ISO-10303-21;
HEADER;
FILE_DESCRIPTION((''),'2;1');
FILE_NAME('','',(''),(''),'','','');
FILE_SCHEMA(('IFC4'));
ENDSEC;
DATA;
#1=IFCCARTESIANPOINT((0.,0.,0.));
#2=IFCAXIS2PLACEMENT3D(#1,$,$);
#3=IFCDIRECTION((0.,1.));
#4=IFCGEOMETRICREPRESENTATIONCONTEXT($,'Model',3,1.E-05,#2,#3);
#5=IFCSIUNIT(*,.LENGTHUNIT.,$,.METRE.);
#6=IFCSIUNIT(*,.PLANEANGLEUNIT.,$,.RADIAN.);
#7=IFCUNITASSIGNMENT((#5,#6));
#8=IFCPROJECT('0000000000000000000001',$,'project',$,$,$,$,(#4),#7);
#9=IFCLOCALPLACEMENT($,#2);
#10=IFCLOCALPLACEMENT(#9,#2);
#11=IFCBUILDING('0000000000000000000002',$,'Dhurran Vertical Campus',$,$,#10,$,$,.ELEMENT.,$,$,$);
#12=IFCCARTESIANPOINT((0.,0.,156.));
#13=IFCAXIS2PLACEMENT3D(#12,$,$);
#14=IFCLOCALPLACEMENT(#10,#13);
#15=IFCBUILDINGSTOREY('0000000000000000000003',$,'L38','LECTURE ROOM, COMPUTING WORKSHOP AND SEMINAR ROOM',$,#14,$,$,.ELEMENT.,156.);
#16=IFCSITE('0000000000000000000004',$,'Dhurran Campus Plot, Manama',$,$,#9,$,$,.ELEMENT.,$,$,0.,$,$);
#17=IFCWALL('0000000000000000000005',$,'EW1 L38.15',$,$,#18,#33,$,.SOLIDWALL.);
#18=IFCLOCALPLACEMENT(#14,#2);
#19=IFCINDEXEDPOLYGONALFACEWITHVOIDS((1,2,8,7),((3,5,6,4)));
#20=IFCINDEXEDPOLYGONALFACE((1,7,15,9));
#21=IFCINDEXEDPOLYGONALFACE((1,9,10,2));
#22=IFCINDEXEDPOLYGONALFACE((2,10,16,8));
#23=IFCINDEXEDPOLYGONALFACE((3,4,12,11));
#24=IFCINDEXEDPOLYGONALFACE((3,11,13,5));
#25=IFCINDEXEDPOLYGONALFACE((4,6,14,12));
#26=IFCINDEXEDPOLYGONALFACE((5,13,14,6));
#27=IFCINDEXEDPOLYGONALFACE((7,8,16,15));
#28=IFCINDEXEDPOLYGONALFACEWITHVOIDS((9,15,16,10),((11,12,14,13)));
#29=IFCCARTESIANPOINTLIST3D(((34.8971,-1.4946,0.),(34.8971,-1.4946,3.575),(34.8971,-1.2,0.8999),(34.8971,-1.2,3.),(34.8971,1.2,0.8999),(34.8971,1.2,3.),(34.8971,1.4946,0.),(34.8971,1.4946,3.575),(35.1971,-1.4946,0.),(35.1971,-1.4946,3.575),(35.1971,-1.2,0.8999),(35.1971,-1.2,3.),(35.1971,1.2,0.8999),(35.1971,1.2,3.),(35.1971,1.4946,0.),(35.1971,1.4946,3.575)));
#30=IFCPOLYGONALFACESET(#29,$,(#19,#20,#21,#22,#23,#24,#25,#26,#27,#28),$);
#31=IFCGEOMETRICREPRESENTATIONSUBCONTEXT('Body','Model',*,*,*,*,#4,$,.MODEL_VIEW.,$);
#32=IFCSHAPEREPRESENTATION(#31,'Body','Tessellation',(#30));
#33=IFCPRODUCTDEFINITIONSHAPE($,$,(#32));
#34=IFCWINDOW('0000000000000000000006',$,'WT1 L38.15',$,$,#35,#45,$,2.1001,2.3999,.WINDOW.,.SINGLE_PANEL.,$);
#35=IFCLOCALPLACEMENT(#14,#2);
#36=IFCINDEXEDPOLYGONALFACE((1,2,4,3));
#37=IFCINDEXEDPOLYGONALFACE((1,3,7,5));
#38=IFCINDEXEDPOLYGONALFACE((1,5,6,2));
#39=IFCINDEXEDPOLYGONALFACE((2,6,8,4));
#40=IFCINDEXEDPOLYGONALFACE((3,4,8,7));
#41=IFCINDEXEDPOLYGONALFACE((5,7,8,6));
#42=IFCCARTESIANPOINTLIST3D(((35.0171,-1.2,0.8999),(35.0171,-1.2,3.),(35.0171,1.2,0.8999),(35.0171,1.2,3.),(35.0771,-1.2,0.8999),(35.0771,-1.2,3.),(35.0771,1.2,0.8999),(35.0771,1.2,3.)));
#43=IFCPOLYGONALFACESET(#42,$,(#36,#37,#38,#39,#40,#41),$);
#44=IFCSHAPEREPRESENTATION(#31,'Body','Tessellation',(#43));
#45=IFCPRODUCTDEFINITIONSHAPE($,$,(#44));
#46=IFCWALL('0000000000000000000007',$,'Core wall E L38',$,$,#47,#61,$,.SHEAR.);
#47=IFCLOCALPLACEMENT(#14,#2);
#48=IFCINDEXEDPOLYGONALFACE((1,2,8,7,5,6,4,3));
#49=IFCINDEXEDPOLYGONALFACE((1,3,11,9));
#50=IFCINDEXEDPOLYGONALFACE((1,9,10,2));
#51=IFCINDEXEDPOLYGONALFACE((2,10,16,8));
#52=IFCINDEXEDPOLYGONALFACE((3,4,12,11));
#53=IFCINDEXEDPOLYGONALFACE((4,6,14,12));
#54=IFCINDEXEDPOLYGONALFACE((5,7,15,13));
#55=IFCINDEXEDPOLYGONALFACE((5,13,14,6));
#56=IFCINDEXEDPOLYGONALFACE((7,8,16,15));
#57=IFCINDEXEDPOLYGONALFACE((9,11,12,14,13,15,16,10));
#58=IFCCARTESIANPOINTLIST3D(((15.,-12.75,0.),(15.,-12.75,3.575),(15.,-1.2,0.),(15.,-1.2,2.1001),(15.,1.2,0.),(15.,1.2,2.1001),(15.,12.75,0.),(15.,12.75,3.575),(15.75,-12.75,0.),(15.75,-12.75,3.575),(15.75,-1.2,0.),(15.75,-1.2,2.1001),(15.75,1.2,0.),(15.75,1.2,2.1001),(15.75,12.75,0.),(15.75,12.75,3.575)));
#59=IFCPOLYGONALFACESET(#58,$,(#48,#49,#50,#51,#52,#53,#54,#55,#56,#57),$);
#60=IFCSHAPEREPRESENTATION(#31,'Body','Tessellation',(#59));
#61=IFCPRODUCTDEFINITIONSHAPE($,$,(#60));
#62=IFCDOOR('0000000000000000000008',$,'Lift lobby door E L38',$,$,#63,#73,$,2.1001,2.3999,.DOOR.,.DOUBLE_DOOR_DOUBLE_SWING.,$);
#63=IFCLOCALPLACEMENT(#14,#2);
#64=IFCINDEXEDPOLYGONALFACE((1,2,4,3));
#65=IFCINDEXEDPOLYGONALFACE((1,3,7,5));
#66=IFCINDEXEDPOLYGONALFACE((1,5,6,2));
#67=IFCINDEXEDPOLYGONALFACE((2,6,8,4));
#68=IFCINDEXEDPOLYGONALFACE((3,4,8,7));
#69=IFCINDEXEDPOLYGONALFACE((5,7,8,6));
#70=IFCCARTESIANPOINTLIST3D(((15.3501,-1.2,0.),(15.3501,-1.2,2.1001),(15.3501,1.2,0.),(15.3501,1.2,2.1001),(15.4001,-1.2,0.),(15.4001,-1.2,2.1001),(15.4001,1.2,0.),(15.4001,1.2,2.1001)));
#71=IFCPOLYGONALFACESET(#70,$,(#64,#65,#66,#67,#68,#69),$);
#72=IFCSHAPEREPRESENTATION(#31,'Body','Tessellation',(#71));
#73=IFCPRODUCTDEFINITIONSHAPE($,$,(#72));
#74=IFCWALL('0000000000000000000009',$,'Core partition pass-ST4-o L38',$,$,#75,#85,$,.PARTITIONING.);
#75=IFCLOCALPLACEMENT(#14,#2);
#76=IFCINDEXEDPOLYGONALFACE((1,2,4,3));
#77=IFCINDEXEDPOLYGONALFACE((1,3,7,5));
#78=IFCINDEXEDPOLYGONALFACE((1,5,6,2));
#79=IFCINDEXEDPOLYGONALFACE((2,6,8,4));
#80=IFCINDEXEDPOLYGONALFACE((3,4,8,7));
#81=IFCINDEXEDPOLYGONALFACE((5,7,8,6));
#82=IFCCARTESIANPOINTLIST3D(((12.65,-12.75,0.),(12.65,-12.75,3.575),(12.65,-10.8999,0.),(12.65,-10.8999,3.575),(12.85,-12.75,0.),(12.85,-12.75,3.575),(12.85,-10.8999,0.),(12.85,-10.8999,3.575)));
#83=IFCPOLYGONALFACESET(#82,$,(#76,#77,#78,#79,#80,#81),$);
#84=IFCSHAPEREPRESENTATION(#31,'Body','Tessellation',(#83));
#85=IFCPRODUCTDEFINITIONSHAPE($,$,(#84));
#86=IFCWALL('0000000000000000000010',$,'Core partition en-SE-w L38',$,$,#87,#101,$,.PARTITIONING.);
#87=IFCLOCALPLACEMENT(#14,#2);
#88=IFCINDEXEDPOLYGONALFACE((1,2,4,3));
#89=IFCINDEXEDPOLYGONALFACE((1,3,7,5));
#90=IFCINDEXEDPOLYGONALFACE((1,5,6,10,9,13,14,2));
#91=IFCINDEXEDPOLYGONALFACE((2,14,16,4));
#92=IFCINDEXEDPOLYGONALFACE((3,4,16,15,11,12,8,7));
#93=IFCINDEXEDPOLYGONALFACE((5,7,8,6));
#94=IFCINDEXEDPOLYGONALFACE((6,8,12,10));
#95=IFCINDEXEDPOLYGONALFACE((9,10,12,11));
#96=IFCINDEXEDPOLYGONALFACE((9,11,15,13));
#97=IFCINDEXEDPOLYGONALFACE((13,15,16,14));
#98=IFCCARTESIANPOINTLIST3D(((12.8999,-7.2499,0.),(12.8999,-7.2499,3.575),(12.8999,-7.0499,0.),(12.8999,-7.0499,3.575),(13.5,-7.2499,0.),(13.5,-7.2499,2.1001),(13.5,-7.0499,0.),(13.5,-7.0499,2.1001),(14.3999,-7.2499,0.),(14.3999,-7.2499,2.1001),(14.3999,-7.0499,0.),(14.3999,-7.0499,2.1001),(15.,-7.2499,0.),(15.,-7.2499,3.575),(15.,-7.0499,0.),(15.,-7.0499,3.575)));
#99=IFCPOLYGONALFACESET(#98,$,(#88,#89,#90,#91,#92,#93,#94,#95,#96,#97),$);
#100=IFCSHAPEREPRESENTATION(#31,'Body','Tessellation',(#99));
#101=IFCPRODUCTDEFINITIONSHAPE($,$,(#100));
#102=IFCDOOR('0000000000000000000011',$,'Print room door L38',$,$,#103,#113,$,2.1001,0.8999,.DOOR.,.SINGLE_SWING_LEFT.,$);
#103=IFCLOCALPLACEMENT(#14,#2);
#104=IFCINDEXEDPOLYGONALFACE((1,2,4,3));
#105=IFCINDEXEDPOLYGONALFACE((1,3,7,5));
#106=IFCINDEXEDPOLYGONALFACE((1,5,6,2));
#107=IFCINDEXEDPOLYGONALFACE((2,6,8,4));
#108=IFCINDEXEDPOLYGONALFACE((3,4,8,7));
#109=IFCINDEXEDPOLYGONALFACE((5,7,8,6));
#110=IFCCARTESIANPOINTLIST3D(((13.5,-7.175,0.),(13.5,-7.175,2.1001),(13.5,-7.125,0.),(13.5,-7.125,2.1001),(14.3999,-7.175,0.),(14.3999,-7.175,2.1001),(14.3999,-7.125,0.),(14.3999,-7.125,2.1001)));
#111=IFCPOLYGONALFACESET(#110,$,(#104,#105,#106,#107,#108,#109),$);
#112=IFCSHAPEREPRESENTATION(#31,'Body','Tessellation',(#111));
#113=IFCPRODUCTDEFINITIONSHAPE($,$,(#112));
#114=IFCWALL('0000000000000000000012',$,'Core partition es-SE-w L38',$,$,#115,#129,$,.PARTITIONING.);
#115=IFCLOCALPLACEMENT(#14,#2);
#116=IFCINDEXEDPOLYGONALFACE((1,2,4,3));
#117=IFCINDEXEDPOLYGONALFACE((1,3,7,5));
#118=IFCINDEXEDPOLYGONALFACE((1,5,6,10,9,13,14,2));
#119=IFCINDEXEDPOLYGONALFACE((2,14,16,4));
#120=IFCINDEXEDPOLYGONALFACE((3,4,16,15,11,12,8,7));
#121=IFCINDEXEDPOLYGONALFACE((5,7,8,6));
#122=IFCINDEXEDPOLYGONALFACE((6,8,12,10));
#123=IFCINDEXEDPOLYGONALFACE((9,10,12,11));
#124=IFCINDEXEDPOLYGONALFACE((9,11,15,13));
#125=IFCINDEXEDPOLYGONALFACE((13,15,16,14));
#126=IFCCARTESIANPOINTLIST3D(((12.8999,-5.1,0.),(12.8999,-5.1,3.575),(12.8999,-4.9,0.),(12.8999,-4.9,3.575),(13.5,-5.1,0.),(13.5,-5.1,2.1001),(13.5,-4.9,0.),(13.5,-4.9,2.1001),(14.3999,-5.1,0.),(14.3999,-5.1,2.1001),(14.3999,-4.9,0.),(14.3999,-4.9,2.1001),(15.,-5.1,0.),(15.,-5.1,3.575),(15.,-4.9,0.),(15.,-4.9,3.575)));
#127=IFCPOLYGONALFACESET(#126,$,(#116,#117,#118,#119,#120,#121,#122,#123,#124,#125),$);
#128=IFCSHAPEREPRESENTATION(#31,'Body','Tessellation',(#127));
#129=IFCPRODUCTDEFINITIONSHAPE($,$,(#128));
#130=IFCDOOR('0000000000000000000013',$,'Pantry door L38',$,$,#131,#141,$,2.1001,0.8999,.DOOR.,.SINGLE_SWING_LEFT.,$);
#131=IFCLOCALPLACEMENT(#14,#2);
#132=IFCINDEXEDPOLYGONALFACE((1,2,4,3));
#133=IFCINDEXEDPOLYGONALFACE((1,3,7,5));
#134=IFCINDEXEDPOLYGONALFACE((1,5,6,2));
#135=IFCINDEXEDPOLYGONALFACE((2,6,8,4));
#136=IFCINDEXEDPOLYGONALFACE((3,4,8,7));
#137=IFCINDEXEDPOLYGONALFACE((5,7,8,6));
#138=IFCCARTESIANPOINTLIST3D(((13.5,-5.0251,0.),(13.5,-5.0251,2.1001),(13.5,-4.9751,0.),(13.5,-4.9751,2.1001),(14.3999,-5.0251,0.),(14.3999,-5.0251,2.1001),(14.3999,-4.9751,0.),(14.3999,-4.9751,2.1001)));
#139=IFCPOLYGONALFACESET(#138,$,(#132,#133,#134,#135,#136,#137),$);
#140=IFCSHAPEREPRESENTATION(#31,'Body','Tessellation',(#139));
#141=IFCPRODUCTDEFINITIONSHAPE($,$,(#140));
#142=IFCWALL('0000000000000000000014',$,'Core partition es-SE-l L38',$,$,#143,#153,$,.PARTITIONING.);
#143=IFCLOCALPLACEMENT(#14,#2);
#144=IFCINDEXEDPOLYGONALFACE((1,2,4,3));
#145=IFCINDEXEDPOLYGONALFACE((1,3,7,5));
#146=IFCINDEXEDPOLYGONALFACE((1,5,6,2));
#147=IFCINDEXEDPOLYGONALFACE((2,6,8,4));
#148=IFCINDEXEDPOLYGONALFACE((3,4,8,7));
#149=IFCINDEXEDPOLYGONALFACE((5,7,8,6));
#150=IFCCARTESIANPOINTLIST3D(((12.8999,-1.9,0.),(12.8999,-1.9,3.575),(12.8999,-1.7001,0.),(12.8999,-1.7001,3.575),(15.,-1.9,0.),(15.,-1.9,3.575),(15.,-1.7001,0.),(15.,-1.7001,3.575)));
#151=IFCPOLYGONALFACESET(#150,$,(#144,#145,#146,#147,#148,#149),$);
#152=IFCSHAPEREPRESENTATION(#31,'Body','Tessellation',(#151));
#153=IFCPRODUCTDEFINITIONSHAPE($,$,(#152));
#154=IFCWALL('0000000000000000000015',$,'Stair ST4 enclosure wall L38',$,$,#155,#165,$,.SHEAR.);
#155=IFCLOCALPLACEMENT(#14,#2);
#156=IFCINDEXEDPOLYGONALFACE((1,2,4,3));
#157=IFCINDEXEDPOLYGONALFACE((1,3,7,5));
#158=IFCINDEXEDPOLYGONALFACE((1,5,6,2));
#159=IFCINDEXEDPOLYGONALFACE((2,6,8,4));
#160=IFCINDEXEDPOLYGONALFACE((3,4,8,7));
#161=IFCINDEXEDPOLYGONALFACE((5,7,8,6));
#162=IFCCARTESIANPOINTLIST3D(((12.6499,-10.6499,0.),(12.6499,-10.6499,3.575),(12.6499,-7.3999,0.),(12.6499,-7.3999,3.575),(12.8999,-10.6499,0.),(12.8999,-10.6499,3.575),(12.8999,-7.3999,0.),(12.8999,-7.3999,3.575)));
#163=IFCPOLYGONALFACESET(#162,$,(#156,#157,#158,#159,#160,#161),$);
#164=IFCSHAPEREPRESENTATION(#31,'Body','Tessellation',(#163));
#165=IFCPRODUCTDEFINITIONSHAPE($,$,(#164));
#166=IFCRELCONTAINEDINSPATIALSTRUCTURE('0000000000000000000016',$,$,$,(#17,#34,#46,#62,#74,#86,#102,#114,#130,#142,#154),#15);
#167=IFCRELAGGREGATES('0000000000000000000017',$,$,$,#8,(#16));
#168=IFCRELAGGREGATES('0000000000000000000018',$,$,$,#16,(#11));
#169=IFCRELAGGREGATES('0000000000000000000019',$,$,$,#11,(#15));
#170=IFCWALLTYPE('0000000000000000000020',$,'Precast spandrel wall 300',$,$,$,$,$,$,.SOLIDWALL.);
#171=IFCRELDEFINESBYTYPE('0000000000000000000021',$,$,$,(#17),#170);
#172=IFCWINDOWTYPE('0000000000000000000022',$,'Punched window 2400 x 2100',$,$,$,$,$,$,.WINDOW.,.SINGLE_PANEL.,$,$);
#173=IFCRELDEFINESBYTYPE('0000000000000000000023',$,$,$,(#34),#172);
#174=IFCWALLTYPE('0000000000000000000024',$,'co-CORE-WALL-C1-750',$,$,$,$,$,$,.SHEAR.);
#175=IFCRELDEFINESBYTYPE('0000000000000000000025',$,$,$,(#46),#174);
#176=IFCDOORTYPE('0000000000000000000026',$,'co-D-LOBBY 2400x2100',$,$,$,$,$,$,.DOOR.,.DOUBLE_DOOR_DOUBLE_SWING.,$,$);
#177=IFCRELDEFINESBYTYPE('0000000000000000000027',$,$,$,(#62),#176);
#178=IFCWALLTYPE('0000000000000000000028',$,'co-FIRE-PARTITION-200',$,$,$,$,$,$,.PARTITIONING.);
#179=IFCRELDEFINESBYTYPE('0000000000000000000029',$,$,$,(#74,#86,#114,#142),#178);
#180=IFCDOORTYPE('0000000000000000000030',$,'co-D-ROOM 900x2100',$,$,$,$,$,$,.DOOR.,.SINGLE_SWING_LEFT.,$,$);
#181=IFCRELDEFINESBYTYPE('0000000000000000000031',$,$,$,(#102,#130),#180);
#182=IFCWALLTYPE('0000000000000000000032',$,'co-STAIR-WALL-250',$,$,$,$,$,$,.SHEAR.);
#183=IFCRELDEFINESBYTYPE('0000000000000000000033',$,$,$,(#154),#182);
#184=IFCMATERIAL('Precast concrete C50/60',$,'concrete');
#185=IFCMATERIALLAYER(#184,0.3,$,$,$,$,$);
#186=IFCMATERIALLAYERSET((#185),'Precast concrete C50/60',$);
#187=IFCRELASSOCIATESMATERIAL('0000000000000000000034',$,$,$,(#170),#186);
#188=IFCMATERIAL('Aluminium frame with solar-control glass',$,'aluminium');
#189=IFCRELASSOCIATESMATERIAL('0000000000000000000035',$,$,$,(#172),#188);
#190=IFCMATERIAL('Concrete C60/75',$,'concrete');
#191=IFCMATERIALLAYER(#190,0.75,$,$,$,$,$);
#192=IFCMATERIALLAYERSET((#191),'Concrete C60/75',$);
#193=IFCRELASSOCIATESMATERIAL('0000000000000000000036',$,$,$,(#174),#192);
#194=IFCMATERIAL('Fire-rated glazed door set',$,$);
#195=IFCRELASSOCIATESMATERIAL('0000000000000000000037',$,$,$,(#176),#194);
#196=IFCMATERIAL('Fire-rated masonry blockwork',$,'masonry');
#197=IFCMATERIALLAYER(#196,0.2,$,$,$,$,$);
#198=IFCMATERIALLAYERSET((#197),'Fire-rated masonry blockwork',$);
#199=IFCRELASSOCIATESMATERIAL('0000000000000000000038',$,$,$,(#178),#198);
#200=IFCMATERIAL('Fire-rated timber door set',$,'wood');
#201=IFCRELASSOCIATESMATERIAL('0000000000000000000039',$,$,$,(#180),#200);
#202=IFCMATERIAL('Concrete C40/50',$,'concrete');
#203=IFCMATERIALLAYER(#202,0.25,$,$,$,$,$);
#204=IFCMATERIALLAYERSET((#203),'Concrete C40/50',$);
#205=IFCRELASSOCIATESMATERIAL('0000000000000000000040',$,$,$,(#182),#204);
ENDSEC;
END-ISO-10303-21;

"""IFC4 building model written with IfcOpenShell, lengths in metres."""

from ifc_helpers import new_model, si_unit, direction, frame, frame_2d, origin, place, context, subcontext, project, spatial, rectangle, extrude, material, layer, layer_set, type_object, element, fill, save


model = new_model("IFC4")

# Units and contexts
model_context = context("Model", 3, precision=1e-05, world=origin(), true_north=direction((0.0, 1.0)))
body_context = subcontext(model_context, "Body", "Model", "MODEL_VIEW")
ifc_project = project(units=[si_unit("LENGTHUNIT", "METRE"), si_unit("PLANEANGLEUNIT", "RADIAN")], contexts=[model_context])

# Site, building, storey
site_placement = place(None, origin())
site = spatial("IfcSite", under=ifc_project, at=site_placement, Name="Dhurran Campus Plot, Manama", CompositionType="ELEMENT", RefElevation=0.0)
building_placement = place(site_placement, origin())
building = spatial("IfcBuilding", under=site, at=building_placement, Name="Dhurran Vertical Campus", CompositionType="ELEMENT")
storey_placement = place(building_placement, frame((0.0, 0.0, 156.0)))
storey = spatial("IfcBuildingStorey", under=building, at=storey_placement, Name="L38", Description="LECTURE ROOM, COMPUTING WORKSHOP AND SEMINAR ROOM", CompositionType="ELEMENT", Elevation=156.0)

# Wall, opening, window
ifc_material_1 = material(Name="Precast concrete C50/60", Category="concrete")
ifc_layer_1 = layer(ifc_material_1, 0.3)
ifc_layer_set_1 = layer_set([ifc_layer_1], Name="Precast concrete C50/60")
wall_type_1 = type_object("IfcWallType", Name="Precast spandrel wall 300", PredefinedType="SOLIDWALL", material=ifc_layer_set_1)
ifc_material_2 = material(Name="Aluminium frame with solar-control glass", Category="aluminium")
window_type = type_object("IfcWindowType", Name="Punched window 2400 x 2100", PartitioningType="SINGLE_PANEL", PredefinedType="WINDOW", material=ifc_material_2)
wall_1_placement = place(storey_placement, frame((35.0471, -1.4946, 0.0), z_axis=(0.0, 0.0, 1.0), x_axis=(0.0, 1.0, 0.0)))
wall_1 = element("IfcWall", 1, at=wall_1_placement, inside=storey, type_object=wall_type_1, Name="EW1 L38.15", PredefinedType="SOLIDWALL", context=body_context, shape_type="SweptSolid", body=[
    extrude(rectangle(XDim=2.9893, YDim=0.3, at=frame_2d((1.4946, 0.0))), origin(), (0.0, 0.0, 1.0), 3.575),
])
opening_1_placement = place(wall_1_placement, frame((0.2947, 0.0, 0.8999)))
opening_1 = element("IfcOpeningElement", 2, at=opening_1_placement, cuts=wall_1, PredefinedType="OPENING", context=body_context, shape_type="SweptSolid", body=[
    extrude(rectangle(XDim=2.3999, YDim=2.1001, at=frame_2d((1.2, 1.05))), frame((0.0, 0.1599, 0.0), z_axis=(0.0, -1.0, 0.0), x_axis=(1.0, 0.0, 0.0)), (0.0, 0.0, 1.0), 0.3201),
])
window_1_placement = place(opening_1_placement, origin())
window_1 = element("IfcWindow", 3, at=window_1_placement, inside=storey, type_object=window_type, Name="WT1 L38.15", OverallHeight=2.1001, OverallWidth=2.3999, PartitioningType="SINGLE_PANEL", PredefinedType="WINDOW", context=body_context, shape_type="SweptSolid", body=[
    extrude(rectangle(XDim=2.3999, YDim=2.1001, at=frame_2d((1.2, 1.05))), frame((0.0, 0.03, 0.0), z_axis=(0.0, -1.0, 0.0), x_axis=(1.0, 0.0, 0.0)), (0.0, 0.0, 1.0), 0.0601),
])
fill(opening_1, window_1)

# Wall, opening, door
ifc_material_3 = material(Name="Concrete C60/75", Category="concrete")
ifc_layer_2 = layer(ifc_material_3, 0.75)
ifc_layer_set_2 = layer_set([ifc_layer_2], Name="Concrete C60/75")
wall_type_2 = type_object("IfcWallType", Name="co-CORE-WALL-C1-750", PredefinedType="SHEAR", material=ifc_layer_set_2)
wall_2_placement = place(storey_placement, frame((15.375, -12.75, 0.0), z_axis=(0.0, 0.0, 1.0), x_axis=(0.0, 1.0, 0.0)))
wall_2 = element("IfcWall", 4, at=wall_2_placement, inside=storey, type_object=wall_type_2, Name="Core wall E L38", PredefinedType="SHEAR", context=body_context, shape_type="SweptSolid", body=[
    extrude(rectangle(XDim=25.5, YDim=0.75, at=frame_2d((12.75, 0.0))), origin(), (0.0, 0.0, 1.0), 3.575),
])
opening_2_placement = place(wall_2_placement, frame((11.55, 0.0, 0.0)))
opening_2 = element("IfcOpeningElement", 5, at=opening_2_placement, cuts=wall_2, PredefinedType="OPENING", context=body_context, shape_type="SweptSolid", body=[
    extrude(rectangle(XDim=2.3999, YDim=2.1001, at=frame_2d((1.2, 1.05))), frame((0.0, 0.385, 0.0), z_axis=(0.0, -1.0, 0.0), x_axis=(1.0, 0.0, 0.0)), (0.0, 0.0, 1.0), 0.77),
])
ifc_material_4 = material(Name="Fire-rated glazed door set")
door_type_1 = type_object("IfcDoorType", Name="co-D-LOBBY 2400x2100", OperationType="DOUBLE_DOOR_DOUBLE_SWING", PredefinedType="DOOR", material=ifc_material_4)
door_1_placement = place(opening_2_placement, origin())
door_1 = element("IfcDoor", 6, at=door_1_placement, inside=storey, type_object=door_type_1, Name="Lift lobby door E L38", OperationType="DOUBLE_DOOR_DOUBLE_SWING", OverallHeight=2.1001, OverallWidth=2.3999, PredefinedType="DOOR", context=body_context, shape_type="SweptSolid", body=[
    extrude(rectangle(XDim=2.3999, YDim=2.1001, at=frame_2d((1.2, 1.05))), frame((0.0, 0.0249, 0.0), z_axis=(0.0, -1.0, 0.0), x_axis=(1.0, 0.0, 0.0)), (0.0, 0.0, 1.0), 0.05),
])
fill(opening_2, door_1)

# Wall
ifc_material_5 = material(Name="Fire-rated masonry blockwork", Category="masonry")
ifc_layer_3 = layer(ifc_material_5, 0.2)
ifc_layer_set_3 = layer_set([ifc_layer_3], Name="Fire-rated masonry blockwork")
wall_type_3 = type_object("IfcWallType", Name="co-FIRE-PARTITION-200", PredefinedType="PARTITIONING", material=ifc_layer_set_3)
wall_3_placement = place(storey_placement, frame((12.75, -12.75, 0.0), z_axis=(0.0, 0.0, 1.0), x_axis=(0.0, 1.0, 0.0)))
element("IfcWall", 7, at=wall_3_placement, inside=storey, type_object=wall_type_3, Name="Core partition pass-ST4-o L38", PredefinedType="PARTITIONING", context=body_context, shape_type="SweptSolid", body=[
    extrude(rectangle(XDim=1.8501, YDim=0.2, at=frame_2d((0.925, 0.0))), origin(), (0.0, 0.0, 1.0), 3.575),
])

# Walls, openings, doors
wall_4_placement = place(storey_placement, frame((12.8999, -7.1499, 0.0), z_axis=(0.0, 0.0, 1.0), x_axis=(1.0, 0.0, 0.0)))
wall_4 = element("IfcWall", 8, at=wall_4_placement, inside=storey, type_object=wall_type_3, Name="Core partition en-SE-w L38", PredefinedType="PARTITIONING", context=body_context, shape_type="SweptSolid", body=[
    extrude(rectangle(XDim=2.1001, YDim=0.2, at=frame_2d((1.05, 0.0))), origin(), (0.0, 0.0, 1.0), 3.575),
])
opening_3_placement = place(wall_4_placement, frame((0.6001, 0.0, 0.0)))
opening_3 = element("IfcOpeningElement", 9, at=opening_3_placement, cuts=wall_4, PredefinedType="OPENING", context=body_context, shape_type="SweptSolid", body=[
    extrude(rectangle(XDim=0.8999, YDim=2.1001, at=frame_2d((0.45, 1.05))), frame((0.0, 0.1099, 0.0), z_axis=(0.0, -1.0, 0.0), x_axis=(1.0, 0.0, 0.0)), (0.0, 0.0, 1.0), 0.22),
])
ifc_material_6 = material(Name="Fire-rated timber door set", Category="wood")
door_type_2 = type_object("IfcDoorType", Name="co-D-ROOM 900x2100", OperationType="SINGLE_SWING_LEFT", PredefinedType="DOOR", material=ifc_material_6)
door_2_placement = place(opening_3_placement, origin())
door_2 = element("IfcDoor", 10, at=door_2_placement, inside=storey, type_object=door_type_2, Name="Print room door L38", OperationType="SINGLE_SWING_LEFT", OverallHeight=2.1001, OverallWidth=0.8999, PredefinedType="DOOR", context=body_context, shape_type="SweptSolid", body=[
    extrude(rectangle(XDim=0.8999, YDim=2.1001, at=frame_2d((0.45, 1.05))), frame((0.0, 0.0249, 0.0), z_axis=(0.0, -1.0, 0.0), x_axis=(1.0, 0.0, 0.0)), (0.0, 0.0, 1.0), 0.05),
])
fill(opening_3, door_2)
wall_5_placement = place(storey_placement, frame((12.8999, -5.0, 0.0), z_axis=(0.0, 0.0, 1.0), x_axis=(1.0, 0.0, 0.0)))
wall_5 = element("IfcWall", 11, at=wall_5_placement, inside=storey, type_object=wall_type_3, Name="Core partition es-SE-w L38", PredefinedType="PARTITIONING", context=body_context, shape_type="SweptSolid", body=[
    extrude(rectangle(XDim=2.1001, YDim=0.2, at=frame_2d((1.05, 0.0))), origin(), (0.0, 0.0, 1.0), 3.575),
])
opening_4_placement = place(wall_5_placement, frame((0.6001, 0.0, 0.0)))
opening_4 = element("IfcOpeningElement", 12, at=opening_4_placement, cuts=wall_5, PredefinedType="OPENING", context=body_context, shape_type="SweptSolid", body=[
    extrude(rectangle(XDim=0.8999, YDim=2.1001, at=frame_2d((0.45, 1.05))), frame((0.0, 0.1099, 0.0), z_axis=(0.0, -1.0, 0.0), x_axis=(1.0, 0.0, 0.0)), (0.0, 0.0, 1.0), 0.22),
])
door_3_placement = place(opening_4_placement, origin())
door_3 = element("IfcDoor", 13, at=door_3_placement, inside=storey, type_object=door_type_2, Name="Pantry door L38", OperationType="SINGLE_SWING_LEFT", OverallHeight=2.1001, OverallWidth=0.8999, PredefinedType="DOOR", context=body_context, shape_type="SweptSolid", body=[
    extrude(rectangle(XDim=0.8999, YDim=2.1001, at=frame_2d((0.45, 1.05))), frame((0.0, 0.0249, 0.0), z_axis=(0.0, -1.0, 0.0), x_axis=(1.0, 0.0, 0.0)), (0.0, 0.0, 1.0), 0.05),
])
fill(opening_4, door_3)

# Walls
wall_6_placement = place(storey_placement, frame((12.8999, -1.8, 0.0), z_axis=(0.0, 0.0, 1.0), x_axis=(1.0, 0.0, 0.0)))
element("IfcWall", 14, at=wall_6_placement, inside=storey, type_object=wall_type_3, Name="Core partition es-SE-l L38", PredefinedType="PARTITIONING", context=body_context, shape_type="SweptSolid", body=[
    extrude(rectangle(XDim=2.1001, YDim=0.2, at=frame_2d((1.05, 0.0))), origin(), (0.0, 0.0, 1.0), 3.575),
])
ifc_material_7 = material(Name="Concrete C40/50", Category="concrete")
ifc_layer_4 = layer(ifc_material_7, 0.25)
ifc_layer_set_4 = layer_set([ifc_layer_4], Name="Concrete C40/50")
wall_type_4 = type_object("IfcWallType", Name="co-STAIR-WALL-250", PredefinedType="SHEAR", material=ifc_layer_set_4)
wall_7_placement = place(storey_placement, frame((12.7749, -10.6499, 0.0), z_axis=(0.0, 0.0, 1.0), x_axis=(0.0, 1.0, 0.0)))
element("IfcWall", 15, at=wall_7_placement, inside=storey, type_object=wall_type_4, Name="Stair ST4 enclosure wall L38", PredefinedType="SHEAR", context=body_context, shape_type="SweptSolid", body=[
    extrude(rectangle(XDim=3.25, YDim=0.25, at=frame_2d((1.625, 0.0))), origin(), (0.0, 0.0, 1.0), 3.575),
])

save(model, "model.ifc")
